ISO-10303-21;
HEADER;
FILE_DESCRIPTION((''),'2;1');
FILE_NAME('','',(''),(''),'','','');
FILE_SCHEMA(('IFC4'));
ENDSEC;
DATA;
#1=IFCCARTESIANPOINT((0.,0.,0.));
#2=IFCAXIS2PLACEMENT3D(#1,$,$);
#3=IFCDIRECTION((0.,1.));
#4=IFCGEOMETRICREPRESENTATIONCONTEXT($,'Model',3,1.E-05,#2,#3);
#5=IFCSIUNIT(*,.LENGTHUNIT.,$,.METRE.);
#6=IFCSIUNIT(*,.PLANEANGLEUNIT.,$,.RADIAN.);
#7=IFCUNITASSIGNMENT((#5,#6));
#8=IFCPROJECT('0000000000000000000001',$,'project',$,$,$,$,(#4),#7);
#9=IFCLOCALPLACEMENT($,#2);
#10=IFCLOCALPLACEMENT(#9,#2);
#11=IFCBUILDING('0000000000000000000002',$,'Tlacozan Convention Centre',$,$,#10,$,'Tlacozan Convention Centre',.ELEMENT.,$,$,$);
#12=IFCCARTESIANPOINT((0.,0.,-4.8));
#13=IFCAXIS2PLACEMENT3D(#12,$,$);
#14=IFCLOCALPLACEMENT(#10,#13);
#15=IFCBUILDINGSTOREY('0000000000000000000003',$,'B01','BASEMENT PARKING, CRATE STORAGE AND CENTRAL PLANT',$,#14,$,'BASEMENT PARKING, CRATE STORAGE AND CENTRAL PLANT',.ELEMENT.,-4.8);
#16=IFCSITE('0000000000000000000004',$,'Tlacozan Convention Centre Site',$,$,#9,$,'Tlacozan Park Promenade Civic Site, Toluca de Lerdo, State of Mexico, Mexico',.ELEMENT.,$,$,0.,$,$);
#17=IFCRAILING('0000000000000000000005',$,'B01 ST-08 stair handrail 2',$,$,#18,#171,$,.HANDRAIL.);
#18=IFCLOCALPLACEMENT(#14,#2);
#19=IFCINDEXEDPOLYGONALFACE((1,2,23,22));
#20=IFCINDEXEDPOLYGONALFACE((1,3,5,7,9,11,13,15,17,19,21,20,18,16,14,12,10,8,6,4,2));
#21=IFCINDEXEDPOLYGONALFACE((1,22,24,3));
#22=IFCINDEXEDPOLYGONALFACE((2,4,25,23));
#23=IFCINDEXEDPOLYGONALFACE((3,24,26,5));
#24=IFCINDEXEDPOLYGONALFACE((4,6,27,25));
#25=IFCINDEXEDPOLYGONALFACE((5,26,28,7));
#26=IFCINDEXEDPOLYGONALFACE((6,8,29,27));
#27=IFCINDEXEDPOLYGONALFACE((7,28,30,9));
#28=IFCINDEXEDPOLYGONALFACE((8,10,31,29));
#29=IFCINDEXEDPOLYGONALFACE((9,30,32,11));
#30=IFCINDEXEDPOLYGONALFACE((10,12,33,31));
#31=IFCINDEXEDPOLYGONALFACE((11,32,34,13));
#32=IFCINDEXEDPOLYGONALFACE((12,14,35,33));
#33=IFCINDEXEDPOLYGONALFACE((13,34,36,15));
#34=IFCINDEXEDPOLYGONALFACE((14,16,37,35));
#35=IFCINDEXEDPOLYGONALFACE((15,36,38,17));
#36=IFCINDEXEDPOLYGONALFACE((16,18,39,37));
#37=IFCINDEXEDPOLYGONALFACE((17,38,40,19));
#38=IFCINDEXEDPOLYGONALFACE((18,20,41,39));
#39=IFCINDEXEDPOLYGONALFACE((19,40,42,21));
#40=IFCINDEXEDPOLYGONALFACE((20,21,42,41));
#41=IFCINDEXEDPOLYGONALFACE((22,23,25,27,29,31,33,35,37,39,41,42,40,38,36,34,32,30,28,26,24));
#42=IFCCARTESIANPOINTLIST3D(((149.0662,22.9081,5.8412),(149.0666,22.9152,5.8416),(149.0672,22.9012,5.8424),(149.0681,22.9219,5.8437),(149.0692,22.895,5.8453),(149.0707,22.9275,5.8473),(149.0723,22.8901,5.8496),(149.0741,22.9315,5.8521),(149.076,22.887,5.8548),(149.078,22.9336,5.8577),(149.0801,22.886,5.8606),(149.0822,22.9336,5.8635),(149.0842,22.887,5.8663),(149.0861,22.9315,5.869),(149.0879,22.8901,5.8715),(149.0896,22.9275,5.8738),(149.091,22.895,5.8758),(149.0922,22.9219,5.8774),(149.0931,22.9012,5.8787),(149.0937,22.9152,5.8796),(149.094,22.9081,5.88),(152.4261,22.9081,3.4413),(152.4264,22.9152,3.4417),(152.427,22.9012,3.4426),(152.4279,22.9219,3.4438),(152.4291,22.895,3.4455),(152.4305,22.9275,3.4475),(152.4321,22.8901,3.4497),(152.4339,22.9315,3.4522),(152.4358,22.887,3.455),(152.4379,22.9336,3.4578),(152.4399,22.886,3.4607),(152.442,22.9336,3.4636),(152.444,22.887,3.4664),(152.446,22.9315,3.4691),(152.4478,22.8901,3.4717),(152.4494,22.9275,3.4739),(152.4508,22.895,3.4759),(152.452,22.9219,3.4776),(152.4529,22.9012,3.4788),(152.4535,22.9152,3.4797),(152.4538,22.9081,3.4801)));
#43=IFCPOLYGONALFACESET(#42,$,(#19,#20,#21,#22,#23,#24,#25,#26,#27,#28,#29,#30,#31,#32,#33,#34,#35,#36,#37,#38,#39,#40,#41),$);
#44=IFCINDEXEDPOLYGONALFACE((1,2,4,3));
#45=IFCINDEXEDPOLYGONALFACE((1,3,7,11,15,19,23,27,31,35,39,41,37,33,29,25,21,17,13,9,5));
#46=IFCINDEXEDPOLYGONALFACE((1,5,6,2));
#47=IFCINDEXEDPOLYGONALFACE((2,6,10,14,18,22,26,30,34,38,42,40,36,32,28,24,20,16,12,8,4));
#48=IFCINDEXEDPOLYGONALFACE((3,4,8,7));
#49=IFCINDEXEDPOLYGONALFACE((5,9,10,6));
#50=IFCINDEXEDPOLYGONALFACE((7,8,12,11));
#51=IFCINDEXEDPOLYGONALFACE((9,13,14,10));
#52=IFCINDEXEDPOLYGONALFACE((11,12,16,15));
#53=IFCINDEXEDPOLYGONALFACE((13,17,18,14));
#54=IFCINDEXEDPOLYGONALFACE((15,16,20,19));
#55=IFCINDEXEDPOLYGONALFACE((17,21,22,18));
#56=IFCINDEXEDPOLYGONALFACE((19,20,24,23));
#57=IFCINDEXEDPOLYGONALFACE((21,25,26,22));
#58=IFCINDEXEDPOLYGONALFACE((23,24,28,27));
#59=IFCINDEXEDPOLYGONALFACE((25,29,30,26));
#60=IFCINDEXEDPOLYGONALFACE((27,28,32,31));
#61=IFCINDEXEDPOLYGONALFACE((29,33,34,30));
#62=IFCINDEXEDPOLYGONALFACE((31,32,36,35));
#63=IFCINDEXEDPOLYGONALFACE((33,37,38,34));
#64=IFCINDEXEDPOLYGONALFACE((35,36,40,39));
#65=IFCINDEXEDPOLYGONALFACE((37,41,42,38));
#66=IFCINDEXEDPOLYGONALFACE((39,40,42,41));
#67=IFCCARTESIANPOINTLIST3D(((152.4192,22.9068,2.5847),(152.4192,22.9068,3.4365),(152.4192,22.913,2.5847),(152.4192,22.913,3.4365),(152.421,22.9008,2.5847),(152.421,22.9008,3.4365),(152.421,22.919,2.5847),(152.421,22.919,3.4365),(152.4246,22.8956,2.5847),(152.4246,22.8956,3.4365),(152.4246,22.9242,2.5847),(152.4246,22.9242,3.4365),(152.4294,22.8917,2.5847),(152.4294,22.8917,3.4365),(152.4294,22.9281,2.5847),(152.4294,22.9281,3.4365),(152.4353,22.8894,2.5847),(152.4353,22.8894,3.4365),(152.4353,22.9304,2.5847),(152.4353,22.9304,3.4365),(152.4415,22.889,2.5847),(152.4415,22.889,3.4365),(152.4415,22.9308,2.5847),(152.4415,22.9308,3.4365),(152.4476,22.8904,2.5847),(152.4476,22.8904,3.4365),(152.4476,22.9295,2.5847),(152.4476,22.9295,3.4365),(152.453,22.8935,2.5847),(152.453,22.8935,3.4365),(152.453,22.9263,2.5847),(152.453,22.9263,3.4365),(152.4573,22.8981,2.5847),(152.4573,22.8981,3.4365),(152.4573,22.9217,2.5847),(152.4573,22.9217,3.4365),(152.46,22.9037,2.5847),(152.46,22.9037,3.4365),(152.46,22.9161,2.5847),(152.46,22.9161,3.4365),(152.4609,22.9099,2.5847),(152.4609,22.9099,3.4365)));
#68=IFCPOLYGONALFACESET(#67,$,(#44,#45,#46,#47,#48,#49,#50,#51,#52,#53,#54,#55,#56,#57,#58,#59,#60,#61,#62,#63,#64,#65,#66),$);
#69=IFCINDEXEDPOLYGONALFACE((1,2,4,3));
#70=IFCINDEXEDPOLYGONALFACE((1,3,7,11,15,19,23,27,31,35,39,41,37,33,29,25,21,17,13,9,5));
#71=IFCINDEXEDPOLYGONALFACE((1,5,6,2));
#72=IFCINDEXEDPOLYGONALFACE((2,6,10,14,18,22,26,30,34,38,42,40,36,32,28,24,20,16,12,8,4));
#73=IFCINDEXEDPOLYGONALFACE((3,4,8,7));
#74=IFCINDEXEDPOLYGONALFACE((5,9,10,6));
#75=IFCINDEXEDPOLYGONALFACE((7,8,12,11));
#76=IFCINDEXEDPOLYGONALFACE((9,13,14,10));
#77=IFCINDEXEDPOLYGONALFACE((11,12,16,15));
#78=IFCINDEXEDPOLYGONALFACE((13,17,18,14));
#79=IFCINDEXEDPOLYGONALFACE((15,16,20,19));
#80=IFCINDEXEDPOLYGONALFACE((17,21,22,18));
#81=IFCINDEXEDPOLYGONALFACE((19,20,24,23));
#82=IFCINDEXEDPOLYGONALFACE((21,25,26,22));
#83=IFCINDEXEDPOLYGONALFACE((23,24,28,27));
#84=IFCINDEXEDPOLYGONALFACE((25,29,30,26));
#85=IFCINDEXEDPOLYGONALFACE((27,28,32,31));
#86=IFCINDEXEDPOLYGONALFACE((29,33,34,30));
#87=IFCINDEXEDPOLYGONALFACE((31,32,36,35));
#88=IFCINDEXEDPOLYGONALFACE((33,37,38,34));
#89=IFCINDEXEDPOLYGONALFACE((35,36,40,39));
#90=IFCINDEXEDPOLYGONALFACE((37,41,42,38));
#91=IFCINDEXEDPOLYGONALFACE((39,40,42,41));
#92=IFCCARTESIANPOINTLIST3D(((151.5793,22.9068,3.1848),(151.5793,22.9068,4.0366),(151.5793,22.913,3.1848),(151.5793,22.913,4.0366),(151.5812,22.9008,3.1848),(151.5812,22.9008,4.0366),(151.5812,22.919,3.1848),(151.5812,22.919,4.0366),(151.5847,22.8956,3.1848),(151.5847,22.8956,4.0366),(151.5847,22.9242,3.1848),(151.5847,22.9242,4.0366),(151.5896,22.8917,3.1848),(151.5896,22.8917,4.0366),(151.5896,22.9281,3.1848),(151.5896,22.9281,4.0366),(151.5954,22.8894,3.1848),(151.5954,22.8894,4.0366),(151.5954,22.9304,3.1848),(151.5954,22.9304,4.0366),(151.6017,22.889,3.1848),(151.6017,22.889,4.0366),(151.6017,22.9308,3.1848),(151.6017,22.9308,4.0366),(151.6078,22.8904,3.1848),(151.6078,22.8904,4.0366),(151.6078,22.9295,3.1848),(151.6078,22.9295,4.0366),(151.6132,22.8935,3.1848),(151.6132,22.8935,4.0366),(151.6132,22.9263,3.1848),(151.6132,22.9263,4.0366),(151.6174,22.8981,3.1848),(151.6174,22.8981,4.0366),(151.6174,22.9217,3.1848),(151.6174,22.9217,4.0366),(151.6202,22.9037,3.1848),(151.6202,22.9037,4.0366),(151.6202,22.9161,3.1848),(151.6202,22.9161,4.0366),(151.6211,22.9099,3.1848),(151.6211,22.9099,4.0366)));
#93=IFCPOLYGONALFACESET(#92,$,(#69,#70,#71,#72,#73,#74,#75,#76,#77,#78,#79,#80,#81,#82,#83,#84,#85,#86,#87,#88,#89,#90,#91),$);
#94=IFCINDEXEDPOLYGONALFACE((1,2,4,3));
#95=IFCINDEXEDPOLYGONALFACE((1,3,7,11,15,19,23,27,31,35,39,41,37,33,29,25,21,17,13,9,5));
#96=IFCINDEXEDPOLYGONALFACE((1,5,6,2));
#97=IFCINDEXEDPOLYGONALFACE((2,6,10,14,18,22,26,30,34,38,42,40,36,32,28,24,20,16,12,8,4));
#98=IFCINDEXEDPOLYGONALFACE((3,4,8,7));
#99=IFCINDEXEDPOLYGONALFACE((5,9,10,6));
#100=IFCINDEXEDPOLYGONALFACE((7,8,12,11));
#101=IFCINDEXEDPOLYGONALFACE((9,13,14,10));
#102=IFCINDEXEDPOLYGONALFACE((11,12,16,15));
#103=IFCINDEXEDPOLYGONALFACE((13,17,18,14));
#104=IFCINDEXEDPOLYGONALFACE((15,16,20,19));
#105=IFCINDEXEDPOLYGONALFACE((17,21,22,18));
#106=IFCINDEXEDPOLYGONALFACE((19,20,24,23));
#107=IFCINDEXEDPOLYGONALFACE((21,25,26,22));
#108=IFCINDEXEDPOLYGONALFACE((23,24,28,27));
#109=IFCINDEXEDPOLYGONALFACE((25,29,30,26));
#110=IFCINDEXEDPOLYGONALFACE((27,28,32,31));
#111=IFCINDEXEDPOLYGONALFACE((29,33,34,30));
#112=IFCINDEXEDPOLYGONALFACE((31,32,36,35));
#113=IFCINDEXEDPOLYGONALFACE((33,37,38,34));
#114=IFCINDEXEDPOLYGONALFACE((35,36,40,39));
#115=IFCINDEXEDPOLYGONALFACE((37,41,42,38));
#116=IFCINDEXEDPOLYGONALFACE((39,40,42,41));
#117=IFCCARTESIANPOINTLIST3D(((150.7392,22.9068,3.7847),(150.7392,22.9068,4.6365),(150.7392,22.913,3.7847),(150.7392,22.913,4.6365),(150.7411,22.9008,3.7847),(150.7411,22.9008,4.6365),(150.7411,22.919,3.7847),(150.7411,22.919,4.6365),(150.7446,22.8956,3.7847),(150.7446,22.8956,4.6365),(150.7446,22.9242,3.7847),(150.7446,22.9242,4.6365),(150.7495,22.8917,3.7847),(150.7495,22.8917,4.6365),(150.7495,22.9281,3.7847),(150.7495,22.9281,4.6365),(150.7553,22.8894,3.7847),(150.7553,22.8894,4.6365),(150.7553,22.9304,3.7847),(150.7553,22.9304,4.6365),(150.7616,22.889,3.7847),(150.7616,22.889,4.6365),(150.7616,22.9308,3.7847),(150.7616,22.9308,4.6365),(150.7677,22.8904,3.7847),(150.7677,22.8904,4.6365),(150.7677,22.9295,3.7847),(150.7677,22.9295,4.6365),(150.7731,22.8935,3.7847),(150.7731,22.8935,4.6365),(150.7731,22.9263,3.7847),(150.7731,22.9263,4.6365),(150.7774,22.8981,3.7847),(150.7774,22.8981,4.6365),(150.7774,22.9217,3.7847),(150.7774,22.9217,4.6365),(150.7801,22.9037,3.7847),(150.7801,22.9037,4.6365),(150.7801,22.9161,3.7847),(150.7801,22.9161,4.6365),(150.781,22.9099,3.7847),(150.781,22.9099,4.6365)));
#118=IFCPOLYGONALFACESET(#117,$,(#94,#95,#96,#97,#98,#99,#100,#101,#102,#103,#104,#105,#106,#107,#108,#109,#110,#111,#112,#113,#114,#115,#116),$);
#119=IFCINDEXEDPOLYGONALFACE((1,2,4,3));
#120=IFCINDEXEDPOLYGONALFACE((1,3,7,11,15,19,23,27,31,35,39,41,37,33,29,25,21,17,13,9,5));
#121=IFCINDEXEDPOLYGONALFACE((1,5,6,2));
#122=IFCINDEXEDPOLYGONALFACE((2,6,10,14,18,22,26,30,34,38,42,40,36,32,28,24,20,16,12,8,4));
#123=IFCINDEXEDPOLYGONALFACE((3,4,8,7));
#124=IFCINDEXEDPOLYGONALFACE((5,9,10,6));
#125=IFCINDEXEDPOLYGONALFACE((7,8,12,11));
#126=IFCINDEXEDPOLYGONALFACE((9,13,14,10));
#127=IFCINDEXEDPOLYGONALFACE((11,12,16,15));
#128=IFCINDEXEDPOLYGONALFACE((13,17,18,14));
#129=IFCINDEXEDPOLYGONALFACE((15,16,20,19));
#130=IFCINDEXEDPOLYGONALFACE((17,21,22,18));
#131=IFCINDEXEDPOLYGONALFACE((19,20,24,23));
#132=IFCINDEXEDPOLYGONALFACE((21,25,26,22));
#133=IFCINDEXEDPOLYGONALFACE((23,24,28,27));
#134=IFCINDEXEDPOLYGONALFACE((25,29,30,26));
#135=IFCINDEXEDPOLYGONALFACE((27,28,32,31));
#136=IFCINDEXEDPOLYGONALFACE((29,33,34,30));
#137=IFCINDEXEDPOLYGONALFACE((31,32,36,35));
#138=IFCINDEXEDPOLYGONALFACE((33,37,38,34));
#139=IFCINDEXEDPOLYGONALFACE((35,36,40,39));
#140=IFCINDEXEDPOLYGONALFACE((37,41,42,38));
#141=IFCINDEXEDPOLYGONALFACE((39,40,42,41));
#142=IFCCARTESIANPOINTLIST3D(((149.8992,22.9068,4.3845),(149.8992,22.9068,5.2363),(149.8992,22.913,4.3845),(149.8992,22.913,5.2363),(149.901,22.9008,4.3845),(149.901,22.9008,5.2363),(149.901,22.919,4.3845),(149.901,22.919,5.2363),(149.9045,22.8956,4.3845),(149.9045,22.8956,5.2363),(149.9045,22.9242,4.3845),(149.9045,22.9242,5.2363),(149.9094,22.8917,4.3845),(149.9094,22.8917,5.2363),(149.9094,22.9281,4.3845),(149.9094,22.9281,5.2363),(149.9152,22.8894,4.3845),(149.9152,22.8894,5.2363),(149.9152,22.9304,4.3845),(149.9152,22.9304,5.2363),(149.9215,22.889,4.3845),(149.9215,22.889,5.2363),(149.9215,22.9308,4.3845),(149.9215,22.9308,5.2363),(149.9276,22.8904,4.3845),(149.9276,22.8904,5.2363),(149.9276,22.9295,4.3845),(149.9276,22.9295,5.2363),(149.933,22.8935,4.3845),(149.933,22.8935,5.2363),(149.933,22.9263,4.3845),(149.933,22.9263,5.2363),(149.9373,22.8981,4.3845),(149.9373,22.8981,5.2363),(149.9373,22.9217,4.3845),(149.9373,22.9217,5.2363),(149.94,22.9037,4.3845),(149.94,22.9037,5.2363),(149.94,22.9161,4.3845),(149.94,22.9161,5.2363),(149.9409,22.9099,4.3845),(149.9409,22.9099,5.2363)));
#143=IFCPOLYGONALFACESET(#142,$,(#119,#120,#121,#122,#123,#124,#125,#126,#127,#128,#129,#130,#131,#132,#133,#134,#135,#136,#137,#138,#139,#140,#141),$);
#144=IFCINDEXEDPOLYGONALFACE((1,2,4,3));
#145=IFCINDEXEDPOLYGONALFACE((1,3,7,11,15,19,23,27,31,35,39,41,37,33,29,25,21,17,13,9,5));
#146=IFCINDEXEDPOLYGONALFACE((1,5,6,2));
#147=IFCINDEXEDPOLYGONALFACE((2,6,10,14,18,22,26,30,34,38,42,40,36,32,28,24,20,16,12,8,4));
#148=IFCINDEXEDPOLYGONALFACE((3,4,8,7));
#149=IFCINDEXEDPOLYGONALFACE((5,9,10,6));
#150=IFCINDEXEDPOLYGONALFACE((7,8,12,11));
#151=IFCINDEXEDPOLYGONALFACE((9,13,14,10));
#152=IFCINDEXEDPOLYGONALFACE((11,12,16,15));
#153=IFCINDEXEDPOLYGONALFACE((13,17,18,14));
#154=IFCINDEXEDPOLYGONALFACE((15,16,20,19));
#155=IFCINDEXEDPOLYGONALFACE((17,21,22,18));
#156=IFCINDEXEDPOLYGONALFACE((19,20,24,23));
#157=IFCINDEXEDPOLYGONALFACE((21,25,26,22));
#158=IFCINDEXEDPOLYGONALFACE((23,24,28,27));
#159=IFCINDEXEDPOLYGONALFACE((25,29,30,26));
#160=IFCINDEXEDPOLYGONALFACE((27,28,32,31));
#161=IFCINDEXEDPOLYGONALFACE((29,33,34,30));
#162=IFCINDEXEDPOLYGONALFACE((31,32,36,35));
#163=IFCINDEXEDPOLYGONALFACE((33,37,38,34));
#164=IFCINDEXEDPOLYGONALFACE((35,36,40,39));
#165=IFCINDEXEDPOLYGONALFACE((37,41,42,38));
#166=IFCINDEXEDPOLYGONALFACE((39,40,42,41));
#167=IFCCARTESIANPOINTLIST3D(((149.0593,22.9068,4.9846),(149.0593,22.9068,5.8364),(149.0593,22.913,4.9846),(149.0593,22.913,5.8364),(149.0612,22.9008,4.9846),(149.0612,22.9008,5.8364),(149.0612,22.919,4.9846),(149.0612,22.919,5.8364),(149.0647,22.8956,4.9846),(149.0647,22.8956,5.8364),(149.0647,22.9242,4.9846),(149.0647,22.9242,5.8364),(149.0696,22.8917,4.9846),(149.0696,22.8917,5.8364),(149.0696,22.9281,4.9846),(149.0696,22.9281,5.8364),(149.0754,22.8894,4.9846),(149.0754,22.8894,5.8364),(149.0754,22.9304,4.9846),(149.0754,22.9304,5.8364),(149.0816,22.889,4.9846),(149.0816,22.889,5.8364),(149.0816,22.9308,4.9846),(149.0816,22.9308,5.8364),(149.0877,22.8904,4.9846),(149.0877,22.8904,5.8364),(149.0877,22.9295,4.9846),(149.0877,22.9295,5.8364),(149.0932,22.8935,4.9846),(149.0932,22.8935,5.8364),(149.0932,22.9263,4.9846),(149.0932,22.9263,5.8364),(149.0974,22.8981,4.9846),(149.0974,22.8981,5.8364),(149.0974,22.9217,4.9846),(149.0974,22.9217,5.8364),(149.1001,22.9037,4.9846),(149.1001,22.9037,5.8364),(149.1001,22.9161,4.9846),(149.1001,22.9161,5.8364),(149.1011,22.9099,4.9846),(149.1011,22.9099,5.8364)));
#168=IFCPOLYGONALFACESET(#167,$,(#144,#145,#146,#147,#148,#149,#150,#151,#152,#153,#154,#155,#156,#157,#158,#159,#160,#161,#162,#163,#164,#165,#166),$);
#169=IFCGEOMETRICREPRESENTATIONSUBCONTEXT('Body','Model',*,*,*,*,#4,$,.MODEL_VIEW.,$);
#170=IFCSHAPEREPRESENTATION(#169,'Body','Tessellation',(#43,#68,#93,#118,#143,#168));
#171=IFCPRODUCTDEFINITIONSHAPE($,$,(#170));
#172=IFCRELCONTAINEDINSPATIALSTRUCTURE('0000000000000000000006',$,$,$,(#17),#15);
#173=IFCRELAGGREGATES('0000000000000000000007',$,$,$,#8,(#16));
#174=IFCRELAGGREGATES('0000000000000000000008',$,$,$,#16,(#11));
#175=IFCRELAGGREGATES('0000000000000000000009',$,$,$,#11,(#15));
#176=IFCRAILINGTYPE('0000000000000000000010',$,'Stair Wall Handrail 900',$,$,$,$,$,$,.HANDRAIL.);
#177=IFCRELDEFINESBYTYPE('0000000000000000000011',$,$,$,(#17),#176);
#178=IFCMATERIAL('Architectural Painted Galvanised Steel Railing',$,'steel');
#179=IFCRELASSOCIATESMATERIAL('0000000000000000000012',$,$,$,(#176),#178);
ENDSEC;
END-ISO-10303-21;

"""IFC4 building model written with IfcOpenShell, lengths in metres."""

from ifc_helpers import new_model, si_unit, direction, frame, origin, origin_2d, place, context, subcontext, project, spatial, circle, extrude, material, type_object, element, save


model = new_model("IFC4")

# Units and contexts
model_context = context("Model", 3, precision=1e-05, world=origin(), true_north=direction((0.0, 1.0)))
body_context = subcontext(model_context, "Body", "Model", "MODEL_VIEW")
ifc_project = project(units=[si_unit("LENGTHUNIT", "METRE"), si_unit("PLANEANGLEUNIT", "RADIAN")], contexts=[model_context])

# Site, building, storey
site_placement = place(None, origin())
site = spatial("IfcSite", under=ifc_project, at=site_placement, Name="Tlacozan Convention Centre Site", LongName="Tlacozan Park Promenade Civic Site, Toluca de Lerdo, State of Mexico, Mexico", CompositionType="ELEMENT", RefElevation=0.0)
building_placement = place(site_placement, origin())
building = spatial("IfcBuilding", under=site, at=building_placement, Name="Tlacozan Convention Centre", LongName="Tlacozan Convention Centre", CompositionType="ELEMENT")
storey_placement = place(building_placement, frame((0.0, 0.0, -4.8)))
storey = spatial("IfcBuildingStorey", under=building, at=storey_placement, Name="B01", Description="BASEMENT PARKING, CRATE STORAGE AND CENTRAL PLANT", LongName="BASEMENT PARKING, CRATE STORAGE AND CENTRAL PLANT", CompositionType="ELEMENT", Elevation=-4.8)

# Railing
ifc_material_1 = material(Name="Architectural Painted Galvanised Steel Railing", Category="steel")
railing_type_1 = type_object("IfcRailingType", Name="Stair Wall Handrail 900", PredefinedType="HANDRAIL", material=ifc_material_1)
railing_1_placement = place(storey_placement, frame((152.4399, 22.9099, 2.5847)))
element("IfcRailing", 1, at=railing_1_placement, inside=storey, type_object=railing_type_1, Name="B01 ST-08 stair handrail 2", PredefinedType="HANDRAIL", context=body_context, shape_type="SweptSolid", body=[
    extrude(circle(Radius=0.0239, at=origin_2d()), frame((0.0, 0.0, 0.876), z_axis=(-0.813733, 0.0, 0.581238), x_axis=(0.0, -1.0, 0.0)), (0.0, 0.0, 1.0), 4.1289),
    extrude(circle(Radius=0.021, at=origin_2d()), origin(), (0.0, 0.0, 1.0), 0.8518),
    extrude(circle(Radius=0.021, at=origin_2d()), frame((-0.8398, 0.0, 0.6001)), (0.0, 0.0, 1.0), 0.8518),
    extrude(circle(Radius=0.021, at=origin_2d()), frame((-1.6799, 0.0, 1.2)), (0.0, 0.0, 1.0), 0.8518),
    extrude(circle(Radius=0.021, at=origin_2d()), frame((-2.52, 0.0, 1.7998)), (0.0, 0.0, 1.0), 0.8518),
    extrude(circle(Radius=0.021, at=origin_2d()), frame((-3.3599, 0.0, 2.3999)), (0.0, 0.0, 1.0), 0.8518),
])

save(model, "model.ifc")
